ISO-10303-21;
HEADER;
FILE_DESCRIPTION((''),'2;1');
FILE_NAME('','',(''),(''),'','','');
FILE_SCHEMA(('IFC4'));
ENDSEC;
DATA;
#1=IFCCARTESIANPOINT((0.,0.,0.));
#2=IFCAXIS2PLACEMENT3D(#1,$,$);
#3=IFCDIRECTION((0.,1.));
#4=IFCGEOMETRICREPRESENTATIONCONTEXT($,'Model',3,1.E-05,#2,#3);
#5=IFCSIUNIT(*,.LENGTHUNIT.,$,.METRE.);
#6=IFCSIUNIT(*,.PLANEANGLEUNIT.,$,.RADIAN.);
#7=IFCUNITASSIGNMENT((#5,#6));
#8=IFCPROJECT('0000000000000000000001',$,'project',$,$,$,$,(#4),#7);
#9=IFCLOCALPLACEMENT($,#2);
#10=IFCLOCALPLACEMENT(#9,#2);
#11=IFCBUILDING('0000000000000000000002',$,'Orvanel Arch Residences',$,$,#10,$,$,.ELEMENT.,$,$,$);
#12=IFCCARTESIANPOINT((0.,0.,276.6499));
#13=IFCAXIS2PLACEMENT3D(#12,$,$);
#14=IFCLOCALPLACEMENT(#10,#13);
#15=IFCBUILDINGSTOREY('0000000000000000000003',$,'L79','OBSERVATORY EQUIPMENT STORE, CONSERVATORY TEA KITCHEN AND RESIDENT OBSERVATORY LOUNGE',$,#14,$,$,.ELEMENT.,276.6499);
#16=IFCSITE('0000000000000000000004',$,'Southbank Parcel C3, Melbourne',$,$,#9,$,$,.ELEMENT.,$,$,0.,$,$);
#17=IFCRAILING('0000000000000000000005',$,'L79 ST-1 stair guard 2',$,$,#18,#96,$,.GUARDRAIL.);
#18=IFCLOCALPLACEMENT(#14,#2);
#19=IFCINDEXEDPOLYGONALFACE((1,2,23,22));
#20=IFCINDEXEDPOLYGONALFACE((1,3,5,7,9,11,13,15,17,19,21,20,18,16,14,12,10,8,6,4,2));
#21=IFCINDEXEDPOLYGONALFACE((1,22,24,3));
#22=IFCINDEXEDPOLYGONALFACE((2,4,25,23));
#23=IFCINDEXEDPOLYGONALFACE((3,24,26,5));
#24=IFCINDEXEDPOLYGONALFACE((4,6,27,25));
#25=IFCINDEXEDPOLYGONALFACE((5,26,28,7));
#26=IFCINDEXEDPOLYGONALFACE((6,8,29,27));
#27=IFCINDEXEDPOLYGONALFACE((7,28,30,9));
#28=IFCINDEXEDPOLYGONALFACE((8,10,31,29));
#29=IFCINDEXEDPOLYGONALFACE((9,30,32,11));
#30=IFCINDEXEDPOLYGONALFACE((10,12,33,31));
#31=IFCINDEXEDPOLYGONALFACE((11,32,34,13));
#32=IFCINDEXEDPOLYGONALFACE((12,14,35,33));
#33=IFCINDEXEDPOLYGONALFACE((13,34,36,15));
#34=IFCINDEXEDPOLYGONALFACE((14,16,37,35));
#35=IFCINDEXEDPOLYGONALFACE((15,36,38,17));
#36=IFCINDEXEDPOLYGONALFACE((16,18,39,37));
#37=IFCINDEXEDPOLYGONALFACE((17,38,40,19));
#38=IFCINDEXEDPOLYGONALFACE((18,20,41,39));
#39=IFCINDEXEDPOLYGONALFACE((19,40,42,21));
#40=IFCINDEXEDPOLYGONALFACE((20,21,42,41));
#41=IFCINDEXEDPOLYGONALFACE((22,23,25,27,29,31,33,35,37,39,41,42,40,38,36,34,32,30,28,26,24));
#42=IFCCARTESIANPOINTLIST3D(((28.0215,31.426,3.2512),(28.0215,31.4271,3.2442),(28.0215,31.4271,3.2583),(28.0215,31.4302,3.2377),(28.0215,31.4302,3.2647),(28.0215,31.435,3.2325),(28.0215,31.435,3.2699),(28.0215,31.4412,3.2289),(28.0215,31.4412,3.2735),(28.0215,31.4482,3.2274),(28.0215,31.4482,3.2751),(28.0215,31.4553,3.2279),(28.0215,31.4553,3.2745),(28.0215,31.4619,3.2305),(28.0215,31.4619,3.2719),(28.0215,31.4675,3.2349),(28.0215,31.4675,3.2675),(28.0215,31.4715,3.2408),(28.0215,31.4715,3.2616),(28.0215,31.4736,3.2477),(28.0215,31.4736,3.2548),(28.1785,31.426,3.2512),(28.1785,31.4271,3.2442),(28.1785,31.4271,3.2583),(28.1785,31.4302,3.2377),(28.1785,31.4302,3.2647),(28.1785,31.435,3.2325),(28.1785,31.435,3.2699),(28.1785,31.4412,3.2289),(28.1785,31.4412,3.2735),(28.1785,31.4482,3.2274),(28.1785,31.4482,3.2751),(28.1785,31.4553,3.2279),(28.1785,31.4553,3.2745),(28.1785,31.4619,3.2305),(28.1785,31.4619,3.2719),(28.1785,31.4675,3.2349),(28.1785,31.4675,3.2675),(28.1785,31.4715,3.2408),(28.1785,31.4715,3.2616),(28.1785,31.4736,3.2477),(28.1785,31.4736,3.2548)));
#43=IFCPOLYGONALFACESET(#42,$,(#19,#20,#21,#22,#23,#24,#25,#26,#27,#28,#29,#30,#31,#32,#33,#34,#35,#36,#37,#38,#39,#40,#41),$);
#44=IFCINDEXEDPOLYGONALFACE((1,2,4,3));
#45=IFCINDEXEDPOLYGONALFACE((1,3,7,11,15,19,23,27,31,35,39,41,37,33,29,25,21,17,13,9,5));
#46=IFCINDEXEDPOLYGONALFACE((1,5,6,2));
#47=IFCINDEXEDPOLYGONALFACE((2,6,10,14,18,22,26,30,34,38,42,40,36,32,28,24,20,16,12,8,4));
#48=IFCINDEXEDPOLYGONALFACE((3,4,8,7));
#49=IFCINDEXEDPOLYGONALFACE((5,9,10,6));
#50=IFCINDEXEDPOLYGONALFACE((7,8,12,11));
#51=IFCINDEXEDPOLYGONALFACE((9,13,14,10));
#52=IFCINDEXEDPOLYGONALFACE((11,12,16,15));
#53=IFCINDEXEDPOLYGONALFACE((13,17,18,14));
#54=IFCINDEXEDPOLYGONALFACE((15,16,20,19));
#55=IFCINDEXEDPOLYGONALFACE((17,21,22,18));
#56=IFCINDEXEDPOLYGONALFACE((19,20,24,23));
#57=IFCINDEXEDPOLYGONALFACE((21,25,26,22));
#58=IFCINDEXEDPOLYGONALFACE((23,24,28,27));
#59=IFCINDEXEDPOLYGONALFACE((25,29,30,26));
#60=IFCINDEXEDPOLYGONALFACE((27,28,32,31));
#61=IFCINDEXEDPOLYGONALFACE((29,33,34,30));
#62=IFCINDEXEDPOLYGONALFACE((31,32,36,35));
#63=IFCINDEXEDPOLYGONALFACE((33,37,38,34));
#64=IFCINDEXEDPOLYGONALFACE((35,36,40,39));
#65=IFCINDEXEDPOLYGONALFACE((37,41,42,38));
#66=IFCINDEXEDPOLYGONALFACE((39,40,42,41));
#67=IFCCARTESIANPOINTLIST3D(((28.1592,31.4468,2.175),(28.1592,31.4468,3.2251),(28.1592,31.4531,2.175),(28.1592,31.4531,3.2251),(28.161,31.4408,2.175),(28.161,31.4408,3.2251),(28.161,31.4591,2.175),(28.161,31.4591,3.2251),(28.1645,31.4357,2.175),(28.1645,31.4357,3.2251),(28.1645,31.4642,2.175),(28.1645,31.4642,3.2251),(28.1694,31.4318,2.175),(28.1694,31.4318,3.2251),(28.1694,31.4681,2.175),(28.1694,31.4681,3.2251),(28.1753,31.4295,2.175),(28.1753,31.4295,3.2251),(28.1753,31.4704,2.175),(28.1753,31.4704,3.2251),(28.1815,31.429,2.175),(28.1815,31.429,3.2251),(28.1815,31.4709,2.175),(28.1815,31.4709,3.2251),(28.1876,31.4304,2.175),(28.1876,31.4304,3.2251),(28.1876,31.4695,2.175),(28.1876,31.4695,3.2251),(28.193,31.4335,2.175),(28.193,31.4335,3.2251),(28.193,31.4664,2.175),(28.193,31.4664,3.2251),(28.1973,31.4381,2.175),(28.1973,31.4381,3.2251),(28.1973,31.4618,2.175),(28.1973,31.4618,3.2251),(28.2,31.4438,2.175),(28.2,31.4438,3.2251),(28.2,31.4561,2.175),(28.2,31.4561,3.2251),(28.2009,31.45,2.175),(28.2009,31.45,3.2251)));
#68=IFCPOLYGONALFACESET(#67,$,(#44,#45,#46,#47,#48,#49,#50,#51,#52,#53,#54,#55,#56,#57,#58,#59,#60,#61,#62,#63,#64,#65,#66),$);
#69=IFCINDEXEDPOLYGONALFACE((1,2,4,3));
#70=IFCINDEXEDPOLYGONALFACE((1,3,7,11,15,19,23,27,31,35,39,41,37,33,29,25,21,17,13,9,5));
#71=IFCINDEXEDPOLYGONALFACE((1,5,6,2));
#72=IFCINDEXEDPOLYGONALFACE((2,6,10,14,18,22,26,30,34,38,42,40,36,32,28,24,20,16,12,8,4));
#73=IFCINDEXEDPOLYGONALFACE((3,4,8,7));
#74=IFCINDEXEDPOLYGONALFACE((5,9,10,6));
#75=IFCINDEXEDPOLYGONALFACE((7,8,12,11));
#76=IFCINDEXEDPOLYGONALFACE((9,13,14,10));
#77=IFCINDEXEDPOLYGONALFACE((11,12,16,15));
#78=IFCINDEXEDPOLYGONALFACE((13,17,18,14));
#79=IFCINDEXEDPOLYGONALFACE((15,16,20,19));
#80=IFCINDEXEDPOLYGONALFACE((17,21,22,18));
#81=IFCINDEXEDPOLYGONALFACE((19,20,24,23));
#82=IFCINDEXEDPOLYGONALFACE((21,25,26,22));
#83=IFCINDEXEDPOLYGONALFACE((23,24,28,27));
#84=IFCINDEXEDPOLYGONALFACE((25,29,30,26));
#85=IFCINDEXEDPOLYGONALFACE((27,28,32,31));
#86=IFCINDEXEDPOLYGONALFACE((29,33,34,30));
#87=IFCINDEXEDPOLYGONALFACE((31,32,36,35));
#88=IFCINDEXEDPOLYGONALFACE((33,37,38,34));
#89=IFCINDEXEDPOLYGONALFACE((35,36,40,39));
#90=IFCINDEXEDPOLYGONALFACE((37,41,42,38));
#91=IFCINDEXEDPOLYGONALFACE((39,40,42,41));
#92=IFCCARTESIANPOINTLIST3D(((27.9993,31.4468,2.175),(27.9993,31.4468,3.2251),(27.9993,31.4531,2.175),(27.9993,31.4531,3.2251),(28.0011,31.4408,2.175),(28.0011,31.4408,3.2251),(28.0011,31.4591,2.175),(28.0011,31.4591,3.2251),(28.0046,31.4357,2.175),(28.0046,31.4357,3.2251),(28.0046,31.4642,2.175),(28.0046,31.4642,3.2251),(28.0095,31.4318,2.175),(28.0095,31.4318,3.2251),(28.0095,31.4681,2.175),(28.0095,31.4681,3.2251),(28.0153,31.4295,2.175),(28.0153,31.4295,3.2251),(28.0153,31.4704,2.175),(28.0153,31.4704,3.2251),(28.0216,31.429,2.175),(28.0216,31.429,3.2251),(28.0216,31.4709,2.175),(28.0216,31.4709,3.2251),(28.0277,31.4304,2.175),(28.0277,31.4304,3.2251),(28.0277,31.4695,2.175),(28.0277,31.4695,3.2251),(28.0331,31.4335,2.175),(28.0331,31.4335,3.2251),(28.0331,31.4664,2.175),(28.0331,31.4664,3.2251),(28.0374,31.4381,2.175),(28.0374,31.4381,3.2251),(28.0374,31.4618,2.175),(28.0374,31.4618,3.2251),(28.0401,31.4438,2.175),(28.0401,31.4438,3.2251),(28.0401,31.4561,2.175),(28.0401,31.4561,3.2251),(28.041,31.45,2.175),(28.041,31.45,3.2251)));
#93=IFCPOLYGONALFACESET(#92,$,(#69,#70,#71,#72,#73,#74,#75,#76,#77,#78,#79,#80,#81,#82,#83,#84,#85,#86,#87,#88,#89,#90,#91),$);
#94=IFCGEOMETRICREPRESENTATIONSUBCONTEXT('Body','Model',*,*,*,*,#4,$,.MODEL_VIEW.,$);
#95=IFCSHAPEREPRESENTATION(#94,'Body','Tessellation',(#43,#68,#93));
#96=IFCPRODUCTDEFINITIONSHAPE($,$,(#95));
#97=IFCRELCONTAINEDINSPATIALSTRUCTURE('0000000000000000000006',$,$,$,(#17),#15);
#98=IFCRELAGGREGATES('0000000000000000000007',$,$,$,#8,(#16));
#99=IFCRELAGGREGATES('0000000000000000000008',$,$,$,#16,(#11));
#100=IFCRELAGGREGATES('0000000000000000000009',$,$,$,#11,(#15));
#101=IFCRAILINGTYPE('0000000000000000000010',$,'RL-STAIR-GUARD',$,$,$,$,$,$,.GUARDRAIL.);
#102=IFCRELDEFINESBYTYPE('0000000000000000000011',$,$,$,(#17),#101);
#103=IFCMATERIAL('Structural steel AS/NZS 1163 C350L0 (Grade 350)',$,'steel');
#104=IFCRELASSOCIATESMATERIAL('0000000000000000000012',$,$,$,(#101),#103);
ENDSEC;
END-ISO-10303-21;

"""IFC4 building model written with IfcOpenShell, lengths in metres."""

from ifc_helpers import new_model, si_unit, direction, frame, origin, origin_2d, place, context, subcontext, project, spatial, circle, extrude, material, type_object, element, save


model = new_model("IFC4")

# Units and contexts
model_context = context("Model", 3, precision=1e-05, world=origin(), true_north=direction((0.0, 1.0)))
body_context = subcontext(model_context, "Body", "Model", "MODEL_VIEW")
ifc_project = project(units=[si_unit("LENGTHUNIT", "METRE"), si_unit("PLANEANGLEUNIT", "RADIAN")], contexts=[model_context])

# Site, building, storey
site_placement = place(None, origin())
site = spatial("IfcSite", under=ifc_project, at=site_placement, Name="Southbank Parcel C3, Melbourne", CompositionType="ELEMENT", RefElevation=0.0)
building_placement = place(site_placement, origin())
building = spatial("IfcBuilding", under=site, at=building_placement, Name="Orvanel Arch Residences", CompositionType="ELEMENT")
storey_placement = place(building_placement, frame((0.0, 0.0, 276.6499)))
storey = spatial("IfcBuildingStorey", under=building, at=storey_placement, Name="L79", Description="OBSERVATORY EQUIPMENT STORE, CONSERVATORY TEA KITCHEN AND RESIDENT OBSERVATORY LOUNGE", CompositionType="ELEMENT", Elevation=276.6499)

# Railing
ifc_material_1 = material(Name="Structural steel AS/NZS 1163 C350L0 (Grade 350)", Category="steel")
railing_type_1 = type_object("IfcRailingType", Name="RL-STAIR-GUARD", PredefinedType="GUARDRAIL", material=ifc_material_1)
railing_1_placement = place(storey_placement, frame((28.1799, 31.45, 2.175)))
element("IfcRailing", 1, at=railing_1_placement, inside=storey, type_object=railing_type_1, Name="L79 ST-1 stair guard 2", PredefinedType="GUARDRAIL", context=body_context, shape_type="SweptSolid", body=[
    extrude(circle(Radius=0.0239, at=origin_2d()), frame((-0.0015, 0.0, 1.0762), z_axis=(-1.0, 0.0, 0.0), x_axis=(0.0, -1.0, 0.0)), (0.0, 0.0, 1.0), 0.157),
    extrude(circle(Radius=0.021, at=origin_2d()), origin(), (0.0, 0.0, 1.0), 1.05),
    extrude(circle(Radius=0.021, at=origin_2d()), frame((-0.1599, 0.0, 0.0)), (0.0, 0.0, 1.0), 1.05),
])

save(model, "model.ifc")
